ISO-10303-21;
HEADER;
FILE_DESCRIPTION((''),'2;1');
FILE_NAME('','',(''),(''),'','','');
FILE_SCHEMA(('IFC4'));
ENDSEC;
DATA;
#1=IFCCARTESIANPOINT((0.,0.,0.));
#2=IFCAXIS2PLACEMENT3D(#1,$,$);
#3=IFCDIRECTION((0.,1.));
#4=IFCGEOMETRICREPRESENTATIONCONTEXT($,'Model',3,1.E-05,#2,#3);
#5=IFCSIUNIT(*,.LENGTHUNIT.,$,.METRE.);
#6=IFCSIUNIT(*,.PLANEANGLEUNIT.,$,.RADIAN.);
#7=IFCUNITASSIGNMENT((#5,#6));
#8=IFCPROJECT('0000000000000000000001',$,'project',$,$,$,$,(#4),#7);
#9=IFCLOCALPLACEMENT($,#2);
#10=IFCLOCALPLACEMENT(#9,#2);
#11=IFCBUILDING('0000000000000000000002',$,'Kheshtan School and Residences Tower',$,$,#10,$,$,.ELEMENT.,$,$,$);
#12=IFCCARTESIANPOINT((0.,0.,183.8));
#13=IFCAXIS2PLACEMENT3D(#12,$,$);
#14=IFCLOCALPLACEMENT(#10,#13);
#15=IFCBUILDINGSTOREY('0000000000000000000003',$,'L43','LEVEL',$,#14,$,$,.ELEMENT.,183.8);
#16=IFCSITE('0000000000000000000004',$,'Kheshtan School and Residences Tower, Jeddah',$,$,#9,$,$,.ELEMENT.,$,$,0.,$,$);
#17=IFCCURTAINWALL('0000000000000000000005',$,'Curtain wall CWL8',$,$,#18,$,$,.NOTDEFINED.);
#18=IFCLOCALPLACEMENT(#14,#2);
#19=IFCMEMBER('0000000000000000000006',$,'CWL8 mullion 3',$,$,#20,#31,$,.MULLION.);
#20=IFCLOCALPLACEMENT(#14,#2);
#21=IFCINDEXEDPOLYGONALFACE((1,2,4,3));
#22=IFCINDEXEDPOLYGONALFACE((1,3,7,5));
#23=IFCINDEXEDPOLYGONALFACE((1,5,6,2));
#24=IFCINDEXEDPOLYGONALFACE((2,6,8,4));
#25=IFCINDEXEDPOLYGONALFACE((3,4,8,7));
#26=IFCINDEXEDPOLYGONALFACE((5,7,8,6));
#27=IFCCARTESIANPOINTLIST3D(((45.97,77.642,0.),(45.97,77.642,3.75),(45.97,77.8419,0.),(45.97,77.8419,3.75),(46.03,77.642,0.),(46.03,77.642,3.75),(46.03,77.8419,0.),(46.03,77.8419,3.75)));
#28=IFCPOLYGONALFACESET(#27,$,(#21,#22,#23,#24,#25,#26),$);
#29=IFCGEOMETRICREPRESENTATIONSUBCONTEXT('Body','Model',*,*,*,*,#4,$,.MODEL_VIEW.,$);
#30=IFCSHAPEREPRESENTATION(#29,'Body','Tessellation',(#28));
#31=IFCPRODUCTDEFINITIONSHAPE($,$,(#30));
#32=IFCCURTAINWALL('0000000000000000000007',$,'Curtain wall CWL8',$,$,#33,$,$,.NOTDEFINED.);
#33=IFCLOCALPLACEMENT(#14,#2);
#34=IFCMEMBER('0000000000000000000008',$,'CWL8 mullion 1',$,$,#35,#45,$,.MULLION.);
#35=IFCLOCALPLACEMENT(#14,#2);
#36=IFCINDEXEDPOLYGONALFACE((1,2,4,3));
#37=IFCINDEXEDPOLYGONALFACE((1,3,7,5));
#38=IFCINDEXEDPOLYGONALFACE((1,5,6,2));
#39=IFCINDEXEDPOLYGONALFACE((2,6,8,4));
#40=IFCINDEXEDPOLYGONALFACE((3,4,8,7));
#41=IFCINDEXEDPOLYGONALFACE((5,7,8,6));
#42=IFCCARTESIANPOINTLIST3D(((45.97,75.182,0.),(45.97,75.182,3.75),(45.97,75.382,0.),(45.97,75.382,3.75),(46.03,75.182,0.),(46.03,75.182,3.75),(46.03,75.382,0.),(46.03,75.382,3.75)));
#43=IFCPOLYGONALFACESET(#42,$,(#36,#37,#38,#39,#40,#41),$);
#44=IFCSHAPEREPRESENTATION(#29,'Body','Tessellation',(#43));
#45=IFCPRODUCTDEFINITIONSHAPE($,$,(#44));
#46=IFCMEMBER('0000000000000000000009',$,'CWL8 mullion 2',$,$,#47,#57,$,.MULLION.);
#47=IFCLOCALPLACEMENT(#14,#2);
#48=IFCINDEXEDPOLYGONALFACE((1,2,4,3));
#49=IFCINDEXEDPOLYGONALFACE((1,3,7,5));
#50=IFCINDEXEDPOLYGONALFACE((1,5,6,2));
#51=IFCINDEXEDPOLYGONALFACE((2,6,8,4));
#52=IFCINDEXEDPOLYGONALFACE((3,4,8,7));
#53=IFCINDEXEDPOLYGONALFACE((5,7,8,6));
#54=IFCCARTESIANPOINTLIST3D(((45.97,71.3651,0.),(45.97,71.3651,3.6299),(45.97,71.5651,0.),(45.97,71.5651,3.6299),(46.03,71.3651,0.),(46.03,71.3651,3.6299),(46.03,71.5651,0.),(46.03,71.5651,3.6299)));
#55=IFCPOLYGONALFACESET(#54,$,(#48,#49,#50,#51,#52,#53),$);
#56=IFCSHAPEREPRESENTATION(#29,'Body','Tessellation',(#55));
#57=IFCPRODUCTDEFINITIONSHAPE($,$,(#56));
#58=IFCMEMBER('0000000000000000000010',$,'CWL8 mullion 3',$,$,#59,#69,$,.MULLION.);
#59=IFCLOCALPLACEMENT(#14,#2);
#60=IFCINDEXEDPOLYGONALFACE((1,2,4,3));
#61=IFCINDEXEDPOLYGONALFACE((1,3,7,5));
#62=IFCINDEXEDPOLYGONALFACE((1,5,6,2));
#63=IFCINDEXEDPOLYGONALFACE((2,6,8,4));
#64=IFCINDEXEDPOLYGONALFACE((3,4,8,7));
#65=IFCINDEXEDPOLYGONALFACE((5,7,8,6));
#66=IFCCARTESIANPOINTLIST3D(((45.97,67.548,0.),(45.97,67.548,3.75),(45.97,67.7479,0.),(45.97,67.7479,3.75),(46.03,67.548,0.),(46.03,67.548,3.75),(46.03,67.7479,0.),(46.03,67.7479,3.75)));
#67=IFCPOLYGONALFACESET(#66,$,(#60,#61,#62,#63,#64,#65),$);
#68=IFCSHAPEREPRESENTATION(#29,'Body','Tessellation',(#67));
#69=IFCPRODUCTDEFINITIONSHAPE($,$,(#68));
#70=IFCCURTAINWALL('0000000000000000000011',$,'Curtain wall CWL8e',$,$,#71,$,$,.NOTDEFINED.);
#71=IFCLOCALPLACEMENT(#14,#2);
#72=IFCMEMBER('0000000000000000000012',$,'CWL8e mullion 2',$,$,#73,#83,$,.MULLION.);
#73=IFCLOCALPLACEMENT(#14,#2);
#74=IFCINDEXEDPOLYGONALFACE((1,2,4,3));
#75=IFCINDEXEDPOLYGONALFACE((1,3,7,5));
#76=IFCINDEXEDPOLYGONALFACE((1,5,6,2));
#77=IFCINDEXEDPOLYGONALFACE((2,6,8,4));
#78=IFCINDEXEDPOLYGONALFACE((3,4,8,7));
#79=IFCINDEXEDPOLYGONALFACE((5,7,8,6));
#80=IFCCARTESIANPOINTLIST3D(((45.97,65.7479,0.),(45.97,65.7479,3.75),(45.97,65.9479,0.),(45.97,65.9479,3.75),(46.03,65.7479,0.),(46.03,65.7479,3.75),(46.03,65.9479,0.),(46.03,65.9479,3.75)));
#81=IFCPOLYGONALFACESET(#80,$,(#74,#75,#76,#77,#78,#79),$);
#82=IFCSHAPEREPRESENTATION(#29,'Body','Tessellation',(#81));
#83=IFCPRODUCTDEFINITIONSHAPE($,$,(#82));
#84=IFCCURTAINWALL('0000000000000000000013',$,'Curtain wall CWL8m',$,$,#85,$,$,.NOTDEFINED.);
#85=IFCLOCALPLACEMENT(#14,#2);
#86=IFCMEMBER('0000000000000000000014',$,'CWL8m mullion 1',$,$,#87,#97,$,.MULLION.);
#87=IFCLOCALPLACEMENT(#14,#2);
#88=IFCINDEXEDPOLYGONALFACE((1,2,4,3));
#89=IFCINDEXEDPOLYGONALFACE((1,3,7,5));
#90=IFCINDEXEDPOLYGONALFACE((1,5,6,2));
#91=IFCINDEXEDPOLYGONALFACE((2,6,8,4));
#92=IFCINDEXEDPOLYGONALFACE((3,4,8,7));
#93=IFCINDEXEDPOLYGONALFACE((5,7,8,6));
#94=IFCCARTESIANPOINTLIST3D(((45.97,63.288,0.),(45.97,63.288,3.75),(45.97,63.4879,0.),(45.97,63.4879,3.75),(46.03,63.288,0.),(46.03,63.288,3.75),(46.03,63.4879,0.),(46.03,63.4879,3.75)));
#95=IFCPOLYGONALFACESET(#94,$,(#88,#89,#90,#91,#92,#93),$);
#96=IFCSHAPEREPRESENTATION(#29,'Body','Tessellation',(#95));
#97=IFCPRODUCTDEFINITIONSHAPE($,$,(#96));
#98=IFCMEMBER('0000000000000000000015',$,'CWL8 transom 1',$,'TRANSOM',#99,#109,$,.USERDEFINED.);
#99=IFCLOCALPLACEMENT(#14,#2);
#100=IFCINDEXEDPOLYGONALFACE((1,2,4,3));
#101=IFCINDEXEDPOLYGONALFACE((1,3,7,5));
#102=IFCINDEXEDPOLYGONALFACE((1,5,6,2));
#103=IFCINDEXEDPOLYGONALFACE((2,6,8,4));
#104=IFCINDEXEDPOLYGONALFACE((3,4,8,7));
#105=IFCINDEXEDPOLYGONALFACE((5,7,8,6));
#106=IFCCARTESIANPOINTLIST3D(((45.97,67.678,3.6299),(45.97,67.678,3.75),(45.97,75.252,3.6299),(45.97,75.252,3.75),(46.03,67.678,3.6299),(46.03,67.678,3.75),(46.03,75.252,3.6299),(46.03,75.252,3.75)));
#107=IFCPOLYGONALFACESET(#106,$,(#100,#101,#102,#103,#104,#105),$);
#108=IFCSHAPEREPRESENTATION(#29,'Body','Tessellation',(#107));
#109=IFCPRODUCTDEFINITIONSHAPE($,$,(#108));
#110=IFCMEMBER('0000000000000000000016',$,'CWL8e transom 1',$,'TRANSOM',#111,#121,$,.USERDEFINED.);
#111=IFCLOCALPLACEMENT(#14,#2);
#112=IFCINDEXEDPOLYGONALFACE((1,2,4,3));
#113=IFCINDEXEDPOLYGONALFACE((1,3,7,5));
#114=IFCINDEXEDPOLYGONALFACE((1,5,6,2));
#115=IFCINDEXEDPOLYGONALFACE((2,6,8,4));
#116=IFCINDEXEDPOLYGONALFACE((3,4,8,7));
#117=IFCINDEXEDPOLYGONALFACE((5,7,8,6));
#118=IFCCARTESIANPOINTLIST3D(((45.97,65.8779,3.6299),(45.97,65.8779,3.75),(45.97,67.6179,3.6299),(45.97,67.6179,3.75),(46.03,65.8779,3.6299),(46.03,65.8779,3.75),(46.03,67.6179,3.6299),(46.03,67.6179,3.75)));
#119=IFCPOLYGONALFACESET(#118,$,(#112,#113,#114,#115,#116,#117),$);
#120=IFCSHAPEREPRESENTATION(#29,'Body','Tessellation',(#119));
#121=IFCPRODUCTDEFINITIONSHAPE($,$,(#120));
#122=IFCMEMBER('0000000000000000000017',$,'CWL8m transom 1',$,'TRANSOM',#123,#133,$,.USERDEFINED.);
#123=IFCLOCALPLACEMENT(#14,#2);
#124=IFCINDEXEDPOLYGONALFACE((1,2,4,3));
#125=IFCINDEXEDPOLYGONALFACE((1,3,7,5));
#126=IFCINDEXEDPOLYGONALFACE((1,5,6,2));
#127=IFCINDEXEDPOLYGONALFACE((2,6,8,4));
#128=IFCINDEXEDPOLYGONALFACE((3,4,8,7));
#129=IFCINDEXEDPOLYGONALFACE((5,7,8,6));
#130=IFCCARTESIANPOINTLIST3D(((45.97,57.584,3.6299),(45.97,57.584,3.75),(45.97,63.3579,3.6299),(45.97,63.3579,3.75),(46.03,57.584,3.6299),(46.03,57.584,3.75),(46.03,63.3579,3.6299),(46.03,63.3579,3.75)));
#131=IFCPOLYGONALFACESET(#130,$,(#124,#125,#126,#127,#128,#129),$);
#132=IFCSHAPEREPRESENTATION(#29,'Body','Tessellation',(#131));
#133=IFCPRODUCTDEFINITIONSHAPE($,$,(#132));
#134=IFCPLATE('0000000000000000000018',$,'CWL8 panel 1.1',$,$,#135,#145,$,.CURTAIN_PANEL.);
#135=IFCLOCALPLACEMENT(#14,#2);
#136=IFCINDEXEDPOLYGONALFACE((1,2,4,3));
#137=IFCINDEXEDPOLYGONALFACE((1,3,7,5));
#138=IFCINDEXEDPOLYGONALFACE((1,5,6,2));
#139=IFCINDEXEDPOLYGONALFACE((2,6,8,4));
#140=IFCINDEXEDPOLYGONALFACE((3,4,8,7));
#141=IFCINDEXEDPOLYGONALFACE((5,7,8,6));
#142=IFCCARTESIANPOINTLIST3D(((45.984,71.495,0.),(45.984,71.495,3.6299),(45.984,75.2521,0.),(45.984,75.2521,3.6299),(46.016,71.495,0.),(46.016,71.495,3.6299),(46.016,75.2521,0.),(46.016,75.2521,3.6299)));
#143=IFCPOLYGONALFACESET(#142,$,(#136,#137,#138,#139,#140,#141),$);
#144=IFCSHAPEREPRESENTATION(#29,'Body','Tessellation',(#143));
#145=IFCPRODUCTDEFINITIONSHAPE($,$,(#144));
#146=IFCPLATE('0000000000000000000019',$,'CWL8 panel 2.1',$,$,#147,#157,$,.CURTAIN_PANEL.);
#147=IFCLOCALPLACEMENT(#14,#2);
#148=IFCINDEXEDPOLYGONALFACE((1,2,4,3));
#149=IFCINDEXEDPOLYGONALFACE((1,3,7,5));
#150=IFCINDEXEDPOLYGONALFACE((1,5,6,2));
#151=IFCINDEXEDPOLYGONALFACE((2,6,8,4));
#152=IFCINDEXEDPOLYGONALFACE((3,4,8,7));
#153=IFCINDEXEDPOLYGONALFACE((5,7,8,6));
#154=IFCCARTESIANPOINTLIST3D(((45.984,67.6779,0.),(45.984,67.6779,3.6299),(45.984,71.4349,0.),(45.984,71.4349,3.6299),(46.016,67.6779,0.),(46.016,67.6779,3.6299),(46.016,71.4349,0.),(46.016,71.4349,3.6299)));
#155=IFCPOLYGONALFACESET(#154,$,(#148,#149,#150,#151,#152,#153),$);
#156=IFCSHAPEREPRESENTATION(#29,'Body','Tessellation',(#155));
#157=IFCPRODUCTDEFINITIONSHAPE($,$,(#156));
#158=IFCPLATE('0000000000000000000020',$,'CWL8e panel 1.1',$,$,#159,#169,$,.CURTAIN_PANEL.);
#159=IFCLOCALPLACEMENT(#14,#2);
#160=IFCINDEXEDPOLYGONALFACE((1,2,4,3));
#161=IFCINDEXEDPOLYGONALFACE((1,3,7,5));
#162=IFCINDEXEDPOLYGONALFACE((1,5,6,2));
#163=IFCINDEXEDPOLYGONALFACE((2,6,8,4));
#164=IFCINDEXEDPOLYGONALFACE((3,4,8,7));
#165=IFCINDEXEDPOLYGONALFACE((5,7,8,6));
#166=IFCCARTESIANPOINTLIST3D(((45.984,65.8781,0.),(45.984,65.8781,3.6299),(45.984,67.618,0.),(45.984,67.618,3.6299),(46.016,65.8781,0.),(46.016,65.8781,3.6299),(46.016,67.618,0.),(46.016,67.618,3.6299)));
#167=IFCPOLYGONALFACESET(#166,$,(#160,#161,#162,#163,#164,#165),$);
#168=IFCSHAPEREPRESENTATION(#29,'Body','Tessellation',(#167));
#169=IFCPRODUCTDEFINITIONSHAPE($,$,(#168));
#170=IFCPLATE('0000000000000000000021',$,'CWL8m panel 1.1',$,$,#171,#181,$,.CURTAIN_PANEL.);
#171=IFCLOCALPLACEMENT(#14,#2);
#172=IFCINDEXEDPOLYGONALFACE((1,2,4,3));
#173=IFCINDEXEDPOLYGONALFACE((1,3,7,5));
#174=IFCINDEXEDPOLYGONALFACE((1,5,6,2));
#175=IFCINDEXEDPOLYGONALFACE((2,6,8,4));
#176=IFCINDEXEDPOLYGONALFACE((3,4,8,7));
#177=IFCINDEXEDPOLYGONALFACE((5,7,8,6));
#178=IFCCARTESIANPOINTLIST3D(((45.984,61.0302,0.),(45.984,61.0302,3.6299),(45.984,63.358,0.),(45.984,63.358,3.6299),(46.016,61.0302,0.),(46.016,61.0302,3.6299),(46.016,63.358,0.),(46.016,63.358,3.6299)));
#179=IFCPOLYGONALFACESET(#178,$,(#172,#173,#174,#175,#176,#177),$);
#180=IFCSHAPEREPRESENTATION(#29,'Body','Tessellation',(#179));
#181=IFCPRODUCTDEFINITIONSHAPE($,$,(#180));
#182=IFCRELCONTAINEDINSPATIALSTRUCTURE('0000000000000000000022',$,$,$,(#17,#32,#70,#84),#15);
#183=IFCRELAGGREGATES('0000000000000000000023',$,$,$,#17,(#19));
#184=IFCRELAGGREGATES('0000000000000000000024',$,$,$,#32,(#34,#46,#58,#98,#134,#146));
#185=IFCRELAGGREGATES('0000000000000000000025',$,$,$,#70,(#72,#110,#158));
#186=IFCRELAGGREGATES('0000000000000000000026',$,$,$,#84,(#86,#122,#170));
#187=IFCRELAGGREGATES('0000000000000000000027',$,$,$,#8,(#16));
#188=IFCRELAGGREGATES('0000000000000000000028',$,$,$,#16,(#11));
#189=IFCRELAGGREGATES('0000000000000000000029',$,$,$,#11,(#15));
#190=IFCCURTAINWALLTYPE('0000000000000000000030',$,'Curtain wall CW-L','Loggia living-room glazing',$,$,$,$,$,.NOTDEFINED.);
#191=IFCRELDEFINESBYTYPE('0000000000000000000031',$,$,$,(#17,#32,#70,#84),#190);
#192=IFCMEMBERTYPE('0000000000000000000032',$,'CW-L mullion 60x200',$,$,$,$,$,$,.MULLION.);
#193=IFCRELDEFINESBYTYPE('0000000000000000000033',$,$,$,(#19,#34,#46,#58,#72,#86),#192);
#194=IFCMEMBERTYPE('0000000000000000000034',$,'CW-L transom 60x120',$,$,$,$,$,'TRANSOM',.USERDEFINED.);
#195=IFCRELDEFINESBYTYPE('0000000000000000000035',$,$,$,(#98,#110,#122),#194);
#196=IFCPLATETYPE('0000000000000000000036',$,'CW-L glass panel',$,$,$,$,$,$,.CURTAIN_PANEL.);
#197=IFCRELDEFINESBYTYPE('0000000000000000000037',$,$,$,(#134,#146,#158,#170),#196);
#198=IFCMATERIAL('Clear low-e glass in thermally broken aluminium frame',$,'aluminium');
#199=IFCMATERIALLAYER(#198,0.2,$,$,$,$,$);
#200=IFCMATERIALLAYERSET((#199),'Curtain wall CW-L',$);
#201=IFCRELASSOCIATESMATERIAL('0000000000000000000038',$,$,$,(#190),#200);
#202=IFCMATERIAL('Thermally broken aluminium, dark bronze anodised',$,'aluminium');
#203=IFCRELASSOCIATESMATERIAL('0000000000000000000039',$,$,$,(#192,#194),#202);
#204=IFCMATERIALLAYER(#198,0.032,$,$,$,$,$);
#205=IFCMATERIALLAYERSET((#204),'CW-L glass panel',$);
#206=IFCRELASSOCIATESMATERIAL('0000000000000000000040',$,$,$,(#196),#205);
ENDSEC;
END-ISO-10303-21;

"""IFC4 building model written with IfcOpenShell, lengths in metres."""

from ifc_helpers import new_model, si_unit, direction, frame, origin, origin_2d, place, context, subcontext, project, spatial, rectangle, extrude, material, layer, layer_set, material_profile, profile_set, type_object, element, aggregate, save


model = new_model("IFC4")

# Units and contexts
model_context = context("Model", 3, precision=1e-05, world=origin(), true_north=direction((0.0, 1.0)))
body_context = subcontext(model_context, "Body", "Model", "MODEL_VIEW")
ifc_project = project(units=[si_unit("LENGTHUNIT", "METRE"), si_unit("PLANEANGLEUNIT", "RADIAN")], contexts=[model_context])

# Site, building, storey
site_placement = place(None, origin())
site = spatial("IfcSite", under=ifc_project, at=site_placement, Name="Kheshtan School and Residences Tower, Jeddah", CompositionType="ELEMENT", RefElevation=0.0)
building_placement = place(site_placement, origin())
building = spatial("IfcBuilding", under=site, at=building_placement, Name="Kheshtan School and Residences Tower", CompositionType="ELEMENT")
storey_placement = place(building_placement, frame((0.0, 0.0, 183.8)))
storey = spatial("IfcBuildingStorey", under=building, at=storey_placement, Name="L43", Description="LEVEL", CompositionType="ELEMENT", Elevation=183.8)

# Curtain wall, member
ifc_material_1 = material(Name="Clear low-e glass in thermally broken aluminium frame", Category="aluminium")
ifc_layer_1 = layer(ifc_material_1, 0.2)
ifc_layer_set_1 = layer_set([ifc_layer_1], Name="Curtain wall CW-L")
curtain_wall_type = type_object("IfcCurtainWallType", Name="Curtain wall CW-L", Description="Loggia living-room glazing", PredefinedType="NOTDEFINED", material=ifc_layer_set_1)
curtain_wall_1_placement = place(storey_placement, origin())
curtain_wall_1 = element("IfcCurtainWall", 1, at=curtain_wall_1_placement, inside=storey, type_object=curtain_wall_type, Name="Curtain wall CWL8", PredefinedType="NOTDEFINED")
ifc_material_2 = material(Name="Thermally broken aluminium, dark bronze anodised", Category="aluminium")
ifc_material_profile_1 = material_profile(ifc_material_2, rectangle(XDim=0.0601, YDim=0.2, at=origin_2d()), Name="CW-L mullion 60x200")
ifc_profile_set_1 = profile_set([ifc_material_profile_1], Name="Thermally broken aluminium, dark bronze anodised")
member_type_1 = type_object("IfcMemberType", Name="CW-L mullion 60x200", PredefinedType="MULLION", material=ifc_profile_set_1)
member_1_placement = place(storey_placement, frame((46.0, 77.7419, 0.0), z_axis=(0.0, 0.0, 1.0), x_axis=(1.0, 0.0, 0.0)))
member_1 = element("IfcMember", 2, at=member_1_placement, type_object=member_type_1, Name="CWL8 mullion 3", PredefinedType="MULLION", context=body_context, shape_type="SweptSolid", body=[
    extrude(rectangle(XDim=0.0601, YDim=0.2, at=origin_2d()), origin(), (0.0, 0.0, 1.0), 3.75),
])
aggregate(curtain_wall_1, [member_1])

# Curtain wall, members
curtain_wall_2_placement = place(storey_placement, origin())
curtain_wall_2 = element("IfcCurtainWall", 3, at=curtain_wall_2_placement, inside=storey, type_object=curtain_wall_type, Name="Curtain wall CWL8", PredefinedType="NOTDEFINED")
member_2_placement = place(storey_placement, frame((46.0, 75.282, 0.0), z_axis=(0.0, 0.0, 1.0), x_axis=(1.0, 0.0, 0.0)))
member_2 = element("IfcMember", 4, at=member_2_placement, type_object=member_type_1, Name="CWL8 mullion 1", PredefinedType="MULLION", context=body_context, shape_type="SweptSolid", body=[
    extrude(rectangle(XDim=0.0601, YDim=0.2, at=origin_2d()), origin(), (0.0, 0.0, 1.0), 3.75),
])
member_3_placement = place(storey_placement, frame((46.0, 71.4651, 0.0), z_axis=(0.0, 0.0, 1.0), x_axis=(1.0, 0.0, 0.0)))
member_3 = element("IfcMember", 5, at=member_3_placement, type_object=member_type_1, Name="CWL8 mullion 2", PredefinedType="MULLION", context=body_context, shape_type="SweptSolid", body=[
    extrude(rectangle(XDim=0.0601, YDim=0.2, at=origin_2d()), origin(), (0.0, 0.0, 1.0), 3.6299),
])
member_4_placement = place(storey_placement, frame((46.0, 67.6479, 0.0), z_axis=(0.0, 0.0, 1.0), x_axis=(1.0, 0.0, 0.0)))
member_4 = element("IfcMember", 6, at=member_4_placement, type_object=member_type_1, Name="CWL8 mullion 3", PredefinedType="MULLION", context=body_context, shape_type="SweptSolid", body=[
    extrude(rectangle(XDim=0.0601, YDim=0.2, at=origin_2d()), origin(), (0.0, 0.0, 1.0), 3.75),
])

# Curtain walls, members
curtain_wall_3_placement = place(storey_placement, origin())
curtain_wall_3 = element("IfcCurtainWall", 7, at=curtain_wall_3_placement, inside=storey, type_object=curtain_wall_type, Name="Curtain wall CWL8e", PredefinedType="NOTDEFINED")
member_5_placement = place(storey_placement, frame((46.0, 65.8479, 0.0), z_axis=(0.0, 0.0, 1.0), x_axis=(1.0, 0.0, 0.0)))
member_5 = element("IfcMember", 8, at=member_5_placement, type_object=member_type_1, Name="CWL8e mullion 2", PredefinedType="MULLION", context=body_context, shape_type="SweptSolid", body=[
    extrude(rectangle(XDim=0.0601, YDim=0.2, at=origin_2d()), origin(), (0.0, 0.0, 1.0), 3.75),
])
curtain_wall_4_placement = place(storey_placement, origin())
curtain_wall_4 = element("IfcCurtainWall", 9, at=curtain_wall_4_placement, inside=storey, type_object=curtain_wall_type, Name="Curtain wall CWL8m", PredefinedType="NOTDEFINED")
member_6_placement = place(storey_placement, frame((46.0, 63.3879, 0.0), z_axis=(0.0, 0.0, 1.0), x_axis=(1.0, 0.0, 0.0)))
member_6 = element("IfcMember", 10, at=member_6_placement, type_object=member_type_1, Name="CWL8m mullion 1", PredefinedType="MULLION", context=body_context, shape_type="SweptSolid", body=[
    extrude(rectangle(XDim=0.0601, YDim=0.2, at=origin_2d()), origin(), (0.0, 0.0, 1.0), 3.75),
])

# Members
ifc_material_profile_2 = material_profile(ifc_material_2, rectangle(XDim=0.0601, YDim=0.1201, at=origin_2d()), Name="CW-L transom 60x120")
ifc_profile_set_2 = profile_set([ifc_material_profile_2], Name="Thermally broken aluminium, dark bronze anodised")
member_type_2 = type_object("IfcMemberType", Name="CW-L transom 60x120", ElementType="TRANSOM", PredefinedType="USERDEFINED", material=ifc_profile_set_2)
member_7_placement = place(storey_placement, frame((46.0, 75.252, 3.6899), z_axis=(0.0, -1.0, 0.0), x_axis=(1.0, 0.0, 0.0)))
member_7 = element("IfcMember", 11, at=member_7_placement, type_object=member_type_2, Name="CWL8 transom 1", ObjectType="TRANSOM", PredefinedType="USERDEFINED", context=body_context, shape_type="SweptSolid", body=[
    extrude(rectangle(XDim=0.0601, YDim=0.1201, at=origin_2d()), origin(), (0.0, 0.0, 1.0), 7.574),
])
member_8_placement = place(storey_placement, frame((46.0, 67.6179, 3.6899), z_axis=(0.0, -1.0, 0.0), x_axis=(1.0, 0.0, 0.0)))
member_8 = element("IfcMember", 12, at=member_8_placement, type_object=member_type_2, Name="CWL8e transom 1", ObjectType="TRANSOM", PredefinedType="USERDEFINED", context=body_context, shape_type="SweptSolid", body=[
    extrude(rectangle(XDim=0.0601, YDim=0.1201, at=origin_2d()), origin(), (0.0, 0.0, 1.0), 1.74),
])
member_9_placement = place(storey_placement, frame((46.0, 63.3579, 3.6899), z_axis=(0.0, -1.0, 0.0), x_axis=(1.0, 0.0, 0.0)))
member_9 = element("IfcMember", 13, at=member_9_placement, type_object=member_type_2, Name="CWL8m transom 1", ObjectType="TRANSOM", PredefinedType="USERDEFINED", context=body_context, shape_type="SweptSolid", body=[
    extrude(rectangle(XDim=0.0601, YDim=0.1201, at=origin_2d()), origin(), (0.0, 0.0, 1.0), 5.7739),
])

# Plates
ifc_layer_2 = layer(ifc_material_1, 0.032)
ifc_layer_set_2 = layer_set([ifc_layer_2], Name="CW-L glass panel")
plate_type = type_object("IfcPlateType", Name="CW-L glass panel", PredefinedType="CURTAIN_PANEL", material=ifc_layer_set_2)
plate_1_placement = place(storey_placement, frame((46.0, 73.3735, 0.0), z_axis=(0.0, 0.0, 1.0), x_axis=(0.0, -1.0, 0.0)))
plate_1 = element("IfcPlate", 14, at=plate_1_placement, type_object=plate_type, Name="CWL8 panel 1.1", PredefinedType="CURTAIN_PANEL", context=body_context, shape_type="SweptSolid", body=[
    extrude(rectangle(XDim=3.7571, YDim=0.032, at=origin_2d()), origin(), (0.0, 0.0, 1.0), 3.6299),
])
plate_2_placement = place(storey_placement, frame((46.0, 69.5564, 0.0), z_axis=(0.0, 0.0, 1.0), x_axis=(0.0, -1.0, 0.0)))
plate_2 = element("IfcPlate", 15, at=plate_2_placement, type_object=plate_type, Name="CWL8 panel 2.1", PredefinedType="CURTAIN_PANEL", context=body_context, shape_type="SweptSolid", body=[
    extrude(rectangle(XDim=3.7571, YDim=0.032, at=origin_2d()), origin(), (0.0, 0.0, 1.0), 3.6299),
])
aggregate(curtain_wall_2, [member_2, member_3, member_4, member_7, plate_1, plate_2])
plate_3_placement = place(storey_placement, frame((46.0, 66.748, 0.0), z_axis=(0.0, 0.0, 1.0), x_axis=(0.0, -1.0, 0.0)))
plate_3 = element("IfcPlate", 16, at=plate_3_placement, type_object=plate_type, Name="CWL8e panel 1.1", PredefinedType="CURTAIN_PANEL", context=body_context, shape_type="SweptSolid", body=[
    extrude(rectangle(XDim=1.74, YDim=0.032, at=origin_2d()), origin(), (0.0, 0.0, 1.0), 3.6299),
])
aggregate(curtain_wall_3, [member_5, member_8, plate_3])
plate_4_placement = place(storey_placement, frame((46.0, 62.1941, 0.0), z_axis=(0.0, 0.0, 1.0), x_axis=(0.0, -1.0, 0.0)))
plate_4 = element("IfcPlate", 17, at=plate_4_placement, type_object=plate_type, Name="CWL8m panel 1.1", PredefinedType="CURTAIN_PANEL", context=body_context, shape_type="SweptSolid", body=[
    extrude(rectangle(XDim=2.3279, YDim=0.032, at=origin_2d()), origin(), (0.0, 0.0, 1.0), 3.6299),
])
aggregate(curtain_wall_4, [member_6, member_9, plate_4])

save(model, "model.ifc")
